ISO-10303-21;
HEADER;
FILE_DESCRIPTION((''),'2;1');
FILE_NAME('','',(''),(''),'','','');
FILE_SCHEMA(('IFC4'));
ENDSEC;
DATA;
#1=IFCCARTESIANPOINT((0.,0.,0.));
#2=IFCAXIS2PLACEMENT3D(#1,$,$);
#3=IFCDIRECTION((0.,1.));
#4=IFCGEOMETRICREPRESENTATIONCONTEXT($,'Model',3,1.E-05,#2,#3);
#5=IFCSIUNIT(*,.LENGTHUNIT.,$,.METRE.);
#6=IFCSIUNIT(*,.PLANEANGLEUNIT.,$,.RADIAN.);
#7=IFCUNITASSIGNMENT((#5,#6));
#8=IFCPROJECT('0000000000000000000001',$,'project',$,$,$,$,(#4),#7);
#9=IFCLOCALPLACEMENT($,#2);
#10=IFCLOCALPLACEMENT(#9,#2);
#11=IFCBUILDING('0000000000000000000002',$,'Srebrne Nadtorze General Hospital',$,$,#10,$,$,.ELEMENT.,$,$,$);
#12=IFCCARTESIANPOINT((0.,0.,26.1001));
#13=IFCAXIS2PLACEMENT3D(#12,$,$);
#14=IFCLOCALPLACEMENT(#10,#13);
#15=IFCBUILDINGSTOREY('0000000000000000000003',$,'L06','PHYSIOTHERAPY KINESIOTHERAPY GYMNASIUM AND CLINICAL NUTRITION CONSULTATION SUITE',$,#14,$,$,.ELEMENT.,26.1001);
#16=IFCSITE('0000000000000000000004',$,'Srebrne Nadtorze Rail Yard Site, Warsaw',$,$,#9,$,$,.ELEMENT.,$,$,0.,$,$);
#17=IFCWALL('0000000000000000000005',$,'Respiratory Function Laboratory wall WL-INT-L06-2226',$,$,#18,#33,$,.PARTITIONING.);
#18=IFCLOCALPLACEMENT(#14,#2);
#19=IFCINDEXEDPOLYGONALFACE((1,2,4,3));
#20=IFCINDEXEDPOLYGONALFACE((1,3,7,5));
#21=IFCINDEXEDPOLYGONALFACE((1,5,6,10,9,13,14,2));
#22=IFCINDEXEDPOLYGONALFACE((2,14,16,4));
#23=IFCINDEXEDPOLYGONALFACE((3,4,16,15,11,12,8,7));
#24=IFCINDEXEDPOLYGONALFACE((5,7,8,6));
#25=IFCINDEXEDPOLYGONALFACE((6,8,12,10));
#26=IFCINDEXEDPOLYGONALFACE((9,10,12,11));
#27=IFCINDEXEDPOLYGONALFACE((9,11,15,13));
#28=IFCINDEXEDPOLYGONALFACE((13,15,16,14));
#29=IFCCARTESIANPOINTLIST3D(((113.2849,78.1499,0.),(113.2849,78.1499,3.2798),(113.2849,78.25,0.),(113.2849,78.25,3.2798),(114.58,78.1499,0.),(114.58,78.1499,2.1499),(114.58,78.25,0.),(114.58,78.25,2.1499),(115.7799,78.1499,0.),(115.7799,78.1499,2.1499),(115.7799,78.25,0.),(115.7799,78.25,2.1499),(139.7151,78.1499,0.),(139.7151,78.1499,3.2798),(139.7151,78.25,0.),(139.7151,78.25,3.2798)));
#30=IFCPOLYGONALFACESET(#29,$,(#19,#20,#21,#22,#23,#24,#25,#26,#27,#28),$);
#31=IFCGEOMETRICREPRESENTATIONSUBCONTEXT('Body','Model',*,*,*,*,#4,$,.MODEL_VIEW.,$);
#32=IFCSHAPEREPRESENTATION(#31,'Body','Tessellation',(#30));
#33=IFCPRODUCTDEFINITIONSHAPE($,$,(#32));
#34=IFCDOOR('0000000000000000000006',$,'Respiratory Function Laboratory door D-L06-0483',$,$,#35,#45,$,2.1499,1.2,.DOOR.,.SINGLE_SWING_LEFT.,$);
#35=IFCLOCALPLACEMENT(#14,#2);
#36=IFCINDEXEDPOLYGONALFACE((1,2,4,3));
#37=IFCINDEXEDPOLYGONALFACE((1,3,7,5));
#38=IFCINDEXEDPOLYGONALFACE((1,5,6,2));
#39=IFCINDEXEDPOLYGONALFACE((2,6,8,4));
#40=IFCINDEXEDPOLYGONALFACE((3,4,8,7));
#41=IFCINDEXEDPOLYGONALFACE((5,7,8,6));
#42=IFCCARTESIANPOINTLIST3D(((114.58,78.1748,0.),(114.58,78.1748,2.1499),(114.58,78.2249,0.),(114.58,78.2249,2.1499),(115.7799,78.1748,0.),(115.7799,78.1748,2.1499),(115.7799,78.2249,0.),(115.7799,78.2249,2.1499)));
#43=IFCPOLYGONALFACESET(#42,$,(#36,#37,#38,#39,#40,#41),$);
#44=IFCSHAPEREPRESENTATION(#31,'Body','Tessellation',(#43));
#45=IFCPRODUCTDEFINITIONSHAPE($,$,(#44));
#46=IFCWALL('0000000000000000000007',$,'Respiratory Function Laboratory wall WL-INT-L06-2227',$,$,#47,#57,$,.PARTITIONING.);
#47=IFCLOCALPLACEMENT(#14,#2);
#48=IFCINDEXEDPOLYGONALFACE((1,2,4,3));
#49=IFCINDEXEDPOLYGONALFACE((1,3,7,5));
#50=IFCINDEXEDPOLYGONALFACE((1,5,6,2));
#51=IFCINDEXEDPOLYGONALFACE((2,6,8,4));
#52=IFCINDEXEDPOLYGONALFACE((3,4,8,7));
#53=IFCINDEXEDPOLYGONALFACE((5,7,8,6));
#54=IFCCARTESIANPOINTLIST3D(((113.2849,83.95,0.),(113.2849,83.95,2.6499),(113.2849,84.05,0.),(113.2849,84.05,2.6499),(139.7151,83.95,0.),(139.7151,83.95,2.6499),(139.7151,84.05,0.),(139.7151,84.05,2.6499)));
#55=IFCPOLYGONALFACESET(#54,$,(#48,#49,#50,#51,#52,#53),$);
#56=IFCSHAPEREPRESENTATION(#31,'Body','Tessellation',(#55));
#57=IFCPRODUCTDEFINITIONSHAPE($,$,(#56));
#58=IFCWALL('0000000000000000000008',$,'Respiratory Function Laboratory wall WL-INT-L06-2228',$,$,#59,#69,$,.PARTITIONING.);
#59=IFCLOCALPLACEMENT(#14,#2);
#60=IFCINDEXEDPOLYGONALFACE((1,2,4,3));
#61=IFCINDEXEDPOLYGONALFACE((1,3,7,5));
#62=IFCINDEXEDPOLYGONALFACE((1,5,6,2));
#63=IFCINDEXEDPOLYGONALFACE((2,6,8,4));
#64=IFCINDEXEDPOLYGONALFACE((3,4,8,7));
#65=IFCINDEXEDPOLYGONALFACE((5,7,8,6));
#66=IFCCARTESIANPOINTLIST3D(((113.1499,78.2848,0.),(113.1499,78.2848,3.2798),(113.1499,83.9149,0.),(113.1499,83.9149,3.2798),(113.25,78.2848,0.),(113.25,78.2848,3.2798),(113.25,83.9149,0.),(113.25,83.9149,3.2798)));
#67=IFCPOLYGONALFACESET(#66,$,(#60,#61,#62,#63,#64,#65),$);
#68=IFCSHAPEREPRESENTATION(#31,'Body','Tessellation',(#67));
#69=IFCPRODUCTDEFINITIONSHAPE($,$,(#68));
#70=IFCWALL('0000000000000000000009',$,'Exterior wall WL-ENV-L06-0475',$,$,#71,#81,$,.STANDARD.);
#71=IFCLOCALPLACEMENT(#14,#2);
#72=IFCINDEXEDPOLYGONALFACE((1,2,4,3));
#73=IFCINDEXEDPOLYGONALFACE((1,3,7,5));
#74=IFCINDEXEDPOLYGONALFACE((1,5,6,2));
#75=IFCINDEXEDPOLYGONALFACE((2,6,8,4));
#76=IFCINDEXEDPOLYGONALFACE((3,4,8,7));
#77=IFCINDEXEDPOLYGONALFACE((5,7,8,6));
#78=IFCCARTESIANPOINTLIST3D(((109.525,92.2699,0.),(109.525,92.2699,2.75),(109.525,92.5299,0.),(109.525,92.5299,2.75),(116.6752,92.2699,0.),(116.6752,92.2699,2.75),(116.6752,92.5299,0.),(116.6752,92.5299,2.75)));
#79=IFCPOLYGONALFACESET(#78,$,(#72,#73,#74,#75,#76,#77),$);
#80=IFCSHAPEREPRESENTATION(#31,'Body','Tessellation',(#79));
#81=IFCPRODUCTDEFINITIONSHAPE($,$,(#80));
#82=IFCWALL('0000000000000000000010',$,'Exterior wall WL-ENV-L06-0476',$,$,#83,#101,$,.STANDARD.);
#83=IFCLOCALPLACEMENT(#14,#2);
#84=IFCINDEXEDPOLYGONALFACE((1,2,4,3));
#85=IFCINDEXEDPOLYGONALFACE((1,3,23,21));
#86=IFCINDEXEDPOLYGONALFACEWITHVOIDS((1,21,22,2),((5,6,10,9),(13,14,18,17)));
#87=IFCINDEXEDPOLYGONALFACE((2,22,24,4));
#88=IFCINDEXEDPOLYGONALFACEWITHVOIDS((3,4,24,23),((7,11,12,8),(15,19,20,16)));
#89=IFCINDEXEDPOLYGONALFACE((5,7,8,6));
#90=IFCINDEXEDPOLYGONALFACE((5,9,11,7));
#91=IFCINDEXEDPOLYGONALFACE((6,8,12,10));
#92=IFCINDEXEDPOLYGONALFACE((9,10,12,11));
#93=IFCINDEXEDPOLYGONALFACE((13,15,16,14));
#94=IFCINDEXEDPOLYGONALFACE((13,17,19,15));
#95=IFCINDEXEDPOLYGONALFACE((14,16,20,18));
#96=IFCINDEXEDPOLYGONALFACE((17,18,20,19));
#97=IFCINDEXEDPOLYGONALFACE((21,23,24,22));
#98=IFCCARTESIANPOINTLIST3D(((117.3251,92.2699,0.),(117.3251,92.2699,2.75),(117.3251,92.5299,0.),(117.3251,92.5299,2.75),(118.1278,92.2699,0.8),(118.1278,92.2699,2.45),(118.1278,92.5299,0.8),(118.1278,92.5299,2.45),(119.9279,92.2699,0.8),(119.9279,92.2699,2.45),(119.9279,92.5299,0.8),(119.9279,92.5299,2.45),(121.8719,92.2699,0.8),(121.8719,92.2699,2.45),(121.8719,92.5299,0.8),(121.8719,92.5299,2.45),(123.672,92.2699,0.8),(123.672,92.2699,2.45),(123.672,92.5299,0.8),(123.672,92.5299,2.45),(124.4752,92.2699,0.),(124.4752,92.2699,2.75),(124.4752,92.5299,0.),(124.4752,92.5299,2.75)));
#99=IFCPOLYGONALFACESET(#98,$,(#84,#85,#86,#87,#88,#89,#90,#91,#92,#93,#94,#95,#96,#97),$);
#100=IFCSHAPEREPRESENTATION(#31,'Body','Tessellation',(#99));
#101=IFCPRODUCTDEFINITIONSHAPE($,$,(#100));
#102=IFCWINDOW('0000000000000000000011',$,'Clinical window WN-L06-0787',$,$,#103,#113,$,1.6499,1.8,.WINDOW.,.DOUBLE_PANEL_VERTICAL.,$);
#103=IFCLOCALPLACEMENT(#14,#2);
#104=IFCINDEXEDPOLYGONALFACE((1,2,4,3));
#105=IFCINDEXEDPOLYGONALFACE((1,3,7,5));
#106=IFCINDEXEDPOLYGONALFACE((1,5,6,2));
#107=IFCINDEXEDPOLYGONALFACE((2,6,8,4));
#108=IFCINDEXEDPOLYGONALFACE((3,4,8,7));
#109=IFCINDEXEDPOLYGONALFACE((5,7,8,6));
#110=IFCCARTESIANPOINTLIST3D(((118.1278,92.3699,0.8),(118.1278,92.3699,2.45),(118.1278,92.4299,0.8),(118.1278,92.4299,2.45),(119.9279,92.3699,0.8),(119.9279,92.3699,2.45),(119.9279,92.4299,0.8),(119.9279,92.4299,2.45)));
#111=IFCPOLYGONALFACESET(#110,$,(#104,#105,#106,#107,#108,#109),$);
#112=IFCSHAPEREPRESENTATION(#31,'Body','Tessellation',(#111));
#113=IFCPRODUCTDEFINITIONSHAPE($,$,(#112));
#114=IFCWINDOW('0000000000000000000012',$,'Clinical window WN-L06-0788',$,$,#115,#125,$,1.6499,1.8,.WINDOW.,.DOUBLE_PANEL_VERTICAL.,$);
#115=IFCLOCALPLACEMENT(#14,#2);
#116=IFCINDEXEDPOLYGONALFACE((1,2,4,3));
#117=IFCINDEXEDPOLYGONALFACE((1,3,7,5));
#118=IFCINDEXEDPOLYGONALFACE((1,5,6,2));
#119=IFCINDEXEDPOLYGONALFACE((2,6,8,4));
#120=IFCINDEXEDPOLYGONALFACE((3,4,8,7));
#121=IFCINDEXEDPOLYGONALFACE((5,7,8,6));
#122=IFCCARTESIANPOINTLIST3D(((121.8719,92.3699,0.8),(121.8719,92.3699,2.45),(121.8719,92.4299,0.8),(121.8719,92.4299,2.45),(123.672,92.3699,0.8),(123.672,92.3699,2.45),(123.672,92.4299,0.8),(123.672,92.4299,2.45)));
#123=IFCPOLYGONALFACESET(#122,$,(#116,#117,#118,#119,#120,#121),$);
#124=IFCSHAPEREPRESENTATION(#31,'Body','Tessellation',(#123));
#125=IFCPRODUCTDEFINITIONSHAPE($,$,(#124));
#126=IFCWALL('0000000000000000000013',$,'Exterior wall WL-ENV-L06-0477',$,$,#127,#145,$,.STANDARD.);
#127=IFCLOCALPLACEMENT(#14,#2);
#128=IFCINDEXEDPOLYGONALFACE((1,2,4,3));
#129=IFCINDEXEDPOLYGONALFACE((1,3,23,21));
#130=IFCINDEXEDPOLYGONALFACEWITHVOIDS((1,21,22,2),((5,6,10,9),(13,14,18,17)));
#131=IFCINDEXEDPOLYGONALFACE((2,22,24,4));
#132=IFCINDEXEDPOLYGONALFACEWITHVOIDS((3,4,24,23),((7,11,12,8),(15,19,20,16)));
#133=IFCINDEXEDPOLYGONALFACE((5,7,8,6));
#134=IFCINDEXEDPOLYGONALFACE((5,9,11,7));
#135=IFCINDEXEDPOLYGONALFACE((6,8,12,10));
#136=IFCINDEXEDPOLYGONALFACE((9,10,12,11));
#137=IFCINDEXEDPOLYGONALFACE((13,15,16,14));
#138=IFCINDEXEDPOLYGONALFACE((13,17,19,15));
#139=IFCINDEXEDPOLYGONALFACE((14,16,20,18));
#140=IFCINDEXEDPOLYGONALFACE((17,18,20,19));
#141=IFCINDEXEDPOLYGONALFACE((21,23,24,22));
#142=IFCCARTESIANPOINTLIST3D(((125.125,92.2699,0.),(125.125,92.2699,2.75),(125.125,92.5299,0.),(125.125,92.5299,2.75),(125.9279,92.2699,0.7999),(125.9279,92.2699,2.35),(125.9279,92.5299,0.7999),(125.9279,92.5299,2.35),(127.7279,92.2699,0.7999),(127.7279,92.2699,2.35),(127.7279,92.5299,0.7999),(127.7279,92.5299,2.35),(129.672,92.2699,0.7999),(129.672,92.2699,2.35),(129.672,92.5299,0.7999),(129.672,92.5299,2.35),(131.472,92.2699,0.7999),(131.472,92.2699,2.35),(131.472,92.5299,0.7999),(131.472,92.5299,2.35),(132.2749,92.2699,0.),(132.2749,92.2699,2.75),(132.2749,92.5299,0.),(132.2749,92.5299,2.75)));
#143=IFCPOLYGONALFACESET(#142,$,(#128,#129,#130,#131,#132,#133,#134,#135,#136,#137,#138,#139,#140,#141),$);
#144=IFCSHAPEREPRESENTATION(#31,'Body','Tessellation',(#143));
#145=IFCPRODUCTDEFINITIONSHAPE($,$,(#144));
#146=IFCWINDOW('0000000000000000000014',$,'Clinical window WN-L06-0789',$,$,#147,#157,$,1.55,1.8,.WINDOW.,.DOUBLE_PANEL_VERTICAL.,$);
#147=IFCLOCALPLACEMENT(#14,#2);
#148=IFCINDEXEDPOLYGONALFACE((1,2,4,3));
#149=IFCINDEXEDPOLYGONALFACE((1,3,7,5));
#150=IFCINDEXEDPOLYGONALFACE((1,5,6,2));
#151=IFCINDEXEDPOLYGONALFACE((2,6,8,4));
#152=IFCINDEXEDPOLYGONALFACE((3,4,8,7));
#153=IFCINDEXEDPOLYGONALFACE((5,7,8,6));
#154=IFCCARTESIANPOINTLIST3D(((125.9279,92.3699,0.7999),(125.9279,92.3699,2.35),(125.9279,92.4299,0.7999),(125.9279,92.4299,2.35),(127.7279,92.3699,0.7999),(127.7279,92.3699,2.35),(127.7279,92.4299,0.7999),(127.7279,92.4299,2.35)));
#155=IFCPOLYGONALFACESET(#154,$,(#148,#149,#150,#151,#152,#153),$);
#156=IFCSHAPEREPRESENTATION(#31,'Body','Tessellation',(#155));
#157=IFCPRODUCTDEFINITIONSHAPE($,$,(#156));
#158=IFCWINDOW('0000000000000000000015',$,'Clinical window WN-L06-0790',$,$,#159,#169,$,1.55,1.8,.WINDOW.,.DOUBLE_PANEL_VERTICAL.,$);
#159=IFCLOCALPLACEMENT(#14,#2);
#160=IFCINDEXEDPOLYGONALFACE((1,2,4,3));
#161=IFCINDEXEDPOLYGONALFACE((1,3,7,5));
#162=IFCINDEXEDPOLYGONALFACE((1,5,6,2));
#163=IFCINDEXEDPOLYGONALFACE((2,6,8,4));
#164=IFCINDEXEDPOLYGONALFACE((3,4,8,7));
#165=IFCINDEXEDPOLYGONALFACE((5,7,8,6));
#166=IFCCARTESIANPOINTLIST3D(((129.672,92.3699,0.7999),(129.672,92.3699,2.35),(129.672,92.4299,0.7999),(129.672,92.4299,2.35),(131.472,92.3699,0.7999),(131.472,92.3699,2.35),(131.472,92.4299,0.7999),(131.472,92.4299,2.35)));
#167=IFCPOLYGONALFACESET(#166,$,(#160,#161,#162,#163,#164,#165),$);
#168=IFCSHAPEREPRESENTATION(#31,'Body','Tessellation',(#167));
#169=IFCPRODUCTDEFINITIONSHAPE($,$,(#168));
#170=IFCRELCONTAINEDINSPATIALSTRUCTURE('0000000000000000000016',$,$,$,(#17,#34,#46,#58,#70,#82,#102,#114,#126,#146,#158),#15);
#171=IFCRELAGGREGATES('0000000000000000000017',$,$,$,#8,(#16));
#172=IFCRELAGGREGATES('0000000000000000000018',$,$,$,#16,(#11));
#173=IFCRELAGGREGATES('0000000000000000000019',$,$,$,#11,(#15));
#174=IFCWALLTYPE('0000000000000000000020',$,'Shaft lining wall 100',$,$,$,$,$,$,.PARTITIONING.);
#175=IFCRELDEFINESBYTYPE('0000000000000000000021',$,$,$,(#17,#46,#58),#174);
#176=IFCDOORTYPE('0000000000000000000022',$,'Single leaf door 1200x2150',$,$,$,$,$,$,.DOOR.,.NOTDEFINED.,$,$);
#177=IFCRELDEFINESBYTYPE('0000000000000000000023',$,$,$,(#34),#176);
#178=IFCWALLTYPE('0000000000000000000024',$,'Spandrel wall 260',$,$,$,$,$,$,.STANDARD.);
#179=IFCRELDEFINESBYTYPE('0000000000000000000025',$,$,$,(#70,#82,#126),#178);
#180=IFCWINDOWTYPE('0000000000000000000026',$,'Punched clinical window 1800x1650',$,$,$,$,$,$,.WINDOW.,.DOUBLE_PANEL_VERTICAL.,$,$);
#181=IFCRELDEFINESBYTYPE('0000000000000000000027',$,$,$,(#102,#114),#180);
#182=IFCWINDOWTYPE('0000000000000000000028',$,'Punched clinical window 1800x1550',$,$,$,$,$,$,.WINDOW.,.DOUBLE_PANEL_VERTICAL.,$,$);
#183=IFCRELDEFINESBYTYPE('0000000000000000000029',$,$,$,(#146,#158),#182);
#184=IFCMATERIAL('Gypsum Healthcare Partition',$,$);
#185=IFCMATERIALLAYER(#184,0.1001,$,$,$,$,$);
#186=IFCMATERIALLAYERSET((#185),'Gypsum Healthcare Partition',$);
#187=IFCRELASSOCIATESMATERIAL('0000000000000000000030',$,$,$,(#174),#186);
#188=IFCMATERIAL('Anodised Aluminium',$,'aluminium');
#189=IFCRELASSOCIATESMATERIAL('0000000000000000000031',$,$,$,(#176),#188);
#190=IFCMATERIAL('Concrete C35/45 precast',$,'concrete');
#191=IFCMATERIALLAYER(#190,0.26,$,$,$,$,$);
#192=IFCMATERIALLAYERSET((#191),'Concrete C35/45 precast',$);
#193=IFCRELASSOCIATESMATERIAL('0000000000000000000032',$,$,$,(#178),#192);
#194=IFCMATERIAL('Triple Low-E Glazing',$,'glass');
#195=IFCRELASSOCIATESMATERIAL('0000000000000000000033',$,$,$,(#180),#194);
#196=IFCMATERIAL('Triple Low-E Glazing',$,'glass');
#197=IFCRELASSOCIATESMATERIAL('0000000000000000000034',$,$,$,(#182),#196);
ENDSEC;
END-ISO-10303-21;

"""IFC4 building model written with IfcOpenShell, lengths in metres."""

from ifc_helpers import new_model, si_unit, direction, frame, frame_2d, origin, place, context, subcontext, project, spatial, rectangle, extrude, material, layer, layer_set, type_object, element, fill, save


model = new_model("IFC4")

# Units and contexts
model_context = context("Model", 3, precision=1e-05, world=origin(), true_north=direction((0.0, 1.0)))
body_context = subcontext(model_context, "Body", "Model", "MODEL_VIEW")
ifc_project = project(units=[si_unit("LENGTHUNIT", "METRE"), si_unit("PLANEANGLEUNIT", "RADIAN")], contexts=[model_context])

# Site, building, storey
site_placement = place(None, origin())
site = spatial("IfcSite", under=ifc_project, at=site_placement, Name="Srebrne Nadtorze Rail Yard Site, Warsaw", CompositionType="ELEMENT", RefElevation=0.0)
building_placement = place(site_placement, origin())
building = spatial("IfcBuilding", under=site, at=building_placement, Name="Srebrne Nadtorze General Hospital", CompositionType="ELEMENT")
storey_placement = place(building_placement, frame((0.0, 0.0, 26.1001)))
storey = spatial("IfcBuildingStorey", under=building, at=storey_placement, Name="L06", Description="PHYSIOTHERAPY KINESIOTHERAPY GYMNASIUM AND CLINICAL NUTRITION CONSULTATION SUITE", CompositionType="ELEMENT", Elevation=26.1001)

# Wall, opening, door
ifc_material_1 = material(Name="Gypsum Healthcare Partition")
ifc_layer_1 = layer(ifc_material_1, 0.1001)
ifc_layer_set_1 = layer_set([ifc_layer_1], Name="Gypsum Healthcare Partition")
wall_type_1 = type_object("IfcWallType", Name="Shaft lining wall 100", PredefinedType="PARTITIONING", material=ifc_layer_set_1)
wall_1_placement = place(storey_placement, frame((113.2849, 78.2, 0.0), z_axis=(0.0, 0.0, 1.0), x_axis=(1.0, 0.0, 0.0)))
wall_1 = element("IfcWall", 1, at=wall_1_placement, inside=storey, type_object=wall_type_1, Name="Respiratory Function Laboratory wall WL-INT-L06-2226", PredefinedType="PARTITIONING", context=body_context, shape_type="SweptSolid", body=[
    extrude(rectangle(XDim=26.4302, YDim=0.1001, at=frame_2d((13.2151, 0.0))), origin(), (0.0, 0.0, 1.0), 3.2798),
])
opening_1_placement = place(wall_1_placement, frame((1.2949, 0.0, 0.0)))
opening_1 = element("IfcOpeningElement", 2, at=opening_1_placement, cuts=wall_1, PredefinedType="OPENING", context=body_context, shape_type="SweptSolid", body=[
    extrude(rectangle(XDim=1.2, YDim=2.1499, at=frame_2d((0.6001, 1.075))), frame((0.0, 0.062, 0.0), z_axis=(0.0, -1.0, 0.0), x_axis=(1.0, 0.0, 0.0)), (0.0, 0.0, 1.0), 0.124),
])
ifc_material_2 = material(Name="Anodised Aluminium", Category="aluminium")
door_type = type_object("IfcDoorType", Name="Single leaf door 1200x2150", OperationType="NOTDEFINED", PredefinedType="DOOR", material=ifc_material_2)
door_placement = place(opening_1_placement, origin())
door = element("IfcDoor", 3, at=door_placement, inside=storey, type_object=door_type, Name="Respiratory Function Laboratory door D-L06-0483", OperationType="SINGLE_SWING_LEFT", OverallHeight=2.1499, OverallWidth=1.2, PredefinedType="DOOR", context=body_context, shape_type="SweptSolid", body=[
    extrude(rectangle(XDim=1.2, YDim=2.1499, at=frame_2d((0.6001, 1.075))), frame((0.0, 0.0249, 0.0), z_axis=(0.0, -1.0, 0.0), x_axis=(1.0, 0.0, 0.0)), (0.0, 0.0, 1.0), 0.05),
])
fill(opening_1, door)

# Walls
wall_2_placement = place(storey_placement, frame((113.2849, 84.0, 0.0), z_axis=(0.0, 0.0, 1.0), x_axis=(1.0, 0.0, 0.0)))
element("IfcWall", 4, at=wall_2_placement, inside=storey, type_object=wall_type_1, Name="Respiratory Function Laboratory wall WL-INT-L06-2227", PredefinedType="PARTITIONING", context=body_context, shape_type="SweptSolid", body=[
    extrude(rectangle(XDim=26.4302, YDim=0.1001, at=frame_2d((13.2151, 0.0))), origin(), (0.0, 0.0, 1.0), 2.6499),
])
wall_3_placement = place(storey_placement, frame((113.2, 78.2849, 0.0), z_axis=(0.0, 0.0, 1.0), x_axis=(0.0, 1.0, 0.0)))
element("IfcWall", 5, at=wall_3_placement, inside=storey, type_object=wall_type_1, Name="Respiratory Function Laboratory wall WL-INT-L06-2228", PredefinedType="PARTITIONING", context=body_context, shape_type="SweptSolid", body=[
    extrude(rectangle(XDim=5.6301, YDim=0.1001, at=frame_2d((2.8149, 0.0))), origin(), (0.0, 0.0, 1.0), 3.2798),
])
ifc_material_3 = material(Name="Concrete C35/45 precast", Category="concrete")
ifc_layer_2 = layer(ifc_material_3, 0.26)
ifc_layer_set_2 = layer_set([ifc_layer_2], Name="Concrete C35/45 precast")
wall_type_2 = type_object("IfcWallType", Name="Spandrel wall 260", PredefinedType="STANDARD", material=ifc_layer_set_2)
wall_4_placement = place(storey_placement, frame((109.5249, 92.3999, 0.0), z_axis=(0.0, 0.0, 1.0), x_axis=(1.0, 0.0, 0.0)))
element("IfcWall", 6, at=wall_4_placement, inside=storey, type_object=wall_type_2, Name="Exterior wall WL-ENV-L06-0475", PredefinedType="STANDARD", context=body_context, shape_type="SweptSolid", body=[
    extrude(rectangle(XDim=7.1501, YDim=0.26, at=frame_2d((3.5752, 0.0))), origin(), (0.0, 0.0, 1.0), 2.75),
])

# Walls, openings, windows
wall_5_placement = place(storey_placement, frame((117.325, 92.3999, 0.0), z_axis=(0.0, 0.0, 1.0), x_axis=(1.0, 0.0, 0.0)))
wall_5 = element("IfcWall", 7, at=wall_5_placement, inside=storey, type_object=wall_type_2, Name="Exterior wall WL-ENV-L06-0476", PredefinedType="STANDARD", context=body_context, shape_type="SweptSolid", body=[
    extrude(rectangle(XDim=7.1501, YDim=0.26, at=frame_2d((3.5752, 0.0))), origin(), (0.0, 0.0, 1.0), 2.75),
])
opening_2_placement = place(wall_5_placement, frame((0.803, 0.0, 0.8)))
opening_2 = element("IfcOpeningElement", 8, at=opening_2_placement, cuts=wall_5, PredefinedType="OPENING", context=body_context, shape_type="SweptSolid", body=[
    extrude(rectangle(XDim=1.8, YDim=1.6499, at=frame_2d((0.8999, 0.825))), frame((0.0, 0.1421, 0.0), z_axis=(0.0, -1.0, 0.0), x_axis=(1.0, 0.0, 0.0)), (0.0, 0.0, 1.0), 0.2839),
])
opening_3_placement = place(wall_5_placement, frame((4.5471, 0.0, 0.8)))
opening_3 = element("IfcOpeningElement", 9, at=opening_3_placement, cuts=wall_5, PredefinedType="OPENING", context=body_context, shape_type="SweptSolid", body=[
    extrude(rectangle(XDim=1.8, YDim=1.6499, at=frame_2d((0.8999, 0.825))), frame((0.0, 0.1421, 0.0), z_axis=(0.0, -1.0, 0.0), x_axis=(1.0, 0.0, 0.0)), (0.0, 0.0, 1.0), 0.2839),
])
ifc_material_4 = material(Name="Triple Low-E Glazing", Category="glass")
window_type_1 = type_object("IfcWindowType", Name="Punched clinical window 1800x1650", PartitioningType="DOUBLE_PANEL_VERTICAL", PredefinedType="WINDOW", material=ifc_material_4)
window_1_placement = place(opening_2_placement, origin())
window_1 = element("IfcWindow", 10, at=window_1_placement, inside=storey, type_object=window_type_1, Name="Clinical window WN-L06-0787", OverallHeight=1.6499, OverallWidth=1.8, PartitioningType="DOUBLE_PANEL_VERTICAL", PredefinedType="WINDOW", context=body_context, shape_type="SweptSolid", body=[
    extrude(rectangle(XDim=1.8, YDim=1.6499, at=frame_2d((0.8999, 0.825))), frame((0.0, 0.03, 0.0), z_axis=(0.0, -1.0, 0.0), x_axis=(1.0, 0.0, 0.0)), (0.0, 0.0, 1.0), 0.0601),
])
fill(opening_2, window_1)
window_2_placement = place(opening_3_placement, origin())
window_2 = element("IfcWindow", 11, at=window_2_placement, inside=storey, type_object=window_type_1, Name="Clinical window WN-L06-0788", OverallHeight=1.6499, OverallWidth=1.8, PartitioningType="DOUBLE_PANEL_VERTICAL", PredefinedType="WINDOW", context=body_context, shape_type="SweptSolid", body=[
    extrude(rectangle(XDim=1.8, YDim=1.6499, at=frame_2d((0.8999, 0.825))), frame((0.0, 0.03, 0.0), z_axis=(0.0, -1.0, 0.0), x_axis=(1.0, 0.0, 0.0)), (0.0, 0.0, 1.0), 0.0601),
])
fill(opening_3, window_2)
wall_6_placement = place(storey_placement, frame((125.125, 92.3999, 0.0), z_axis=(0.0, 0.0, 1.0), x_axis=(1.0, 0.0, 0.0)))
wall_6 = element("IfcWall", 12, at=wall_6_placement, inside=storey, type_object=wall_type_2, Name="Exterior wall WL-ENV-L06-0477", PredefinedType="STANDARD", context=body_context, shape_type="SweptSolid", body=[
    extrude(rectangle(XDim=7.1499, YDim=0.26, at=frame_2d((3.575, 0.0))), origin(), (0.0, 0.0, 1.0), 2.75),
])
opening_4_placement = place(wall_6_placement, frame((0.803, 0.0, 0.8)))
opening_4 = element("IfcOpeningElement", 13, at=opening_4_placement, cuts=wall_6, PredefinedType="OPENING", context=body_context, shape_type="SweptSolid", body=[
    extrude(rectangle(XDim=1.8, YDim=1.55, at=frame_2d((0.8999, 0.7749))), frame((0.0, 0.1421, 0.0), z_axis=(0.0, -1.0, 0.0), x_axis=(1.0, 0.0, 0.0)), (0.0, 0.0, 1.0), 0.2839),
])
opening_5_placement = place(wall_6_placement, frame((4.5471, 0.0, 0.8)))
opening_5 = element("IfcOpeningElement", 14, at=opening_5_placement, cuts=wall_6, PredefinedType="OPENING", context=body_context, shape_type="SweptSolid", body=[
    extrude(rectangle(XDim=1.8, YDim=1.55, at=frame_2d((0.8999, 0.7749))), frame((0.0, 0.1421, 0.0), z_axis=(0.0, -1.0, 0.0), x_axis=(1.0, 0.0, 0.0)), (0.0, 0.0, 1.0), 0.2839),
])
ifc_material_5 = material(Name="Triple Low-E Glazing", Category="glass")
window_type_2 = type_object("IfcWindowType", Name="Punched clinical window 1800x1550", PartitioningType="DOUBLE_PANEL_VERTICAL", PredefinedType="WINDOW", material=ifc_material_5)
window_3_placement = place(opening_4_placement, origin())
window_3 = element("IfcWindow", 15, at=window_3_placement, inside=storey, type_object=window_type_2, Name="Clinical window WN-L06-0789", OverallHeight=1.55, OverallWidth=1.8, PartitioningType="DOUBLE_PANEL_VERTICAL", PredefinedType="WINDOW", context=body_context, shape_type="SweptSolid", body=[
    extrude(rectangle(XDim=1.8, YDim=1.55, at=frame_2d((0.8999, 0.7749))), frame((0.0, 0.03, 0.0), z_axis=(0.0, -1.0, 0.0), x_axis=(1.0, 0.0, 0.0)), (0.0, 0.0, 1.0), 0.0601),
])
fill(opening_4, window_3)
window_4_placement = place(opening_5_placement, origin())
window_4 = element("IfcWindow", 16, at=window_4_placement, inside=storey, type_object=window_type_2, Name="Clinical window WN-L06-0790", OverallHeight=1.55, OverallWidth=1.8, PartitioningType="DOUBLE_PANEL_VERTICAL", PredefinedType="WINDOW", context=body_context, shape_type="SweptSolid", body=[
    extrude(rectangle(XDim=1.8, YDim=1.55, at=frame_2d((0.8999, 0.7749))), frame((0.0, 0.03, 0.0), z_axis=(0.0, -1.0, 0.0), x_axis=(1.0, 0.0, 0.0)), (0.0, 0.0, 1.0), 0.0601),
])
fill(opening_5, window_4)

save(model, "model.ifc")
